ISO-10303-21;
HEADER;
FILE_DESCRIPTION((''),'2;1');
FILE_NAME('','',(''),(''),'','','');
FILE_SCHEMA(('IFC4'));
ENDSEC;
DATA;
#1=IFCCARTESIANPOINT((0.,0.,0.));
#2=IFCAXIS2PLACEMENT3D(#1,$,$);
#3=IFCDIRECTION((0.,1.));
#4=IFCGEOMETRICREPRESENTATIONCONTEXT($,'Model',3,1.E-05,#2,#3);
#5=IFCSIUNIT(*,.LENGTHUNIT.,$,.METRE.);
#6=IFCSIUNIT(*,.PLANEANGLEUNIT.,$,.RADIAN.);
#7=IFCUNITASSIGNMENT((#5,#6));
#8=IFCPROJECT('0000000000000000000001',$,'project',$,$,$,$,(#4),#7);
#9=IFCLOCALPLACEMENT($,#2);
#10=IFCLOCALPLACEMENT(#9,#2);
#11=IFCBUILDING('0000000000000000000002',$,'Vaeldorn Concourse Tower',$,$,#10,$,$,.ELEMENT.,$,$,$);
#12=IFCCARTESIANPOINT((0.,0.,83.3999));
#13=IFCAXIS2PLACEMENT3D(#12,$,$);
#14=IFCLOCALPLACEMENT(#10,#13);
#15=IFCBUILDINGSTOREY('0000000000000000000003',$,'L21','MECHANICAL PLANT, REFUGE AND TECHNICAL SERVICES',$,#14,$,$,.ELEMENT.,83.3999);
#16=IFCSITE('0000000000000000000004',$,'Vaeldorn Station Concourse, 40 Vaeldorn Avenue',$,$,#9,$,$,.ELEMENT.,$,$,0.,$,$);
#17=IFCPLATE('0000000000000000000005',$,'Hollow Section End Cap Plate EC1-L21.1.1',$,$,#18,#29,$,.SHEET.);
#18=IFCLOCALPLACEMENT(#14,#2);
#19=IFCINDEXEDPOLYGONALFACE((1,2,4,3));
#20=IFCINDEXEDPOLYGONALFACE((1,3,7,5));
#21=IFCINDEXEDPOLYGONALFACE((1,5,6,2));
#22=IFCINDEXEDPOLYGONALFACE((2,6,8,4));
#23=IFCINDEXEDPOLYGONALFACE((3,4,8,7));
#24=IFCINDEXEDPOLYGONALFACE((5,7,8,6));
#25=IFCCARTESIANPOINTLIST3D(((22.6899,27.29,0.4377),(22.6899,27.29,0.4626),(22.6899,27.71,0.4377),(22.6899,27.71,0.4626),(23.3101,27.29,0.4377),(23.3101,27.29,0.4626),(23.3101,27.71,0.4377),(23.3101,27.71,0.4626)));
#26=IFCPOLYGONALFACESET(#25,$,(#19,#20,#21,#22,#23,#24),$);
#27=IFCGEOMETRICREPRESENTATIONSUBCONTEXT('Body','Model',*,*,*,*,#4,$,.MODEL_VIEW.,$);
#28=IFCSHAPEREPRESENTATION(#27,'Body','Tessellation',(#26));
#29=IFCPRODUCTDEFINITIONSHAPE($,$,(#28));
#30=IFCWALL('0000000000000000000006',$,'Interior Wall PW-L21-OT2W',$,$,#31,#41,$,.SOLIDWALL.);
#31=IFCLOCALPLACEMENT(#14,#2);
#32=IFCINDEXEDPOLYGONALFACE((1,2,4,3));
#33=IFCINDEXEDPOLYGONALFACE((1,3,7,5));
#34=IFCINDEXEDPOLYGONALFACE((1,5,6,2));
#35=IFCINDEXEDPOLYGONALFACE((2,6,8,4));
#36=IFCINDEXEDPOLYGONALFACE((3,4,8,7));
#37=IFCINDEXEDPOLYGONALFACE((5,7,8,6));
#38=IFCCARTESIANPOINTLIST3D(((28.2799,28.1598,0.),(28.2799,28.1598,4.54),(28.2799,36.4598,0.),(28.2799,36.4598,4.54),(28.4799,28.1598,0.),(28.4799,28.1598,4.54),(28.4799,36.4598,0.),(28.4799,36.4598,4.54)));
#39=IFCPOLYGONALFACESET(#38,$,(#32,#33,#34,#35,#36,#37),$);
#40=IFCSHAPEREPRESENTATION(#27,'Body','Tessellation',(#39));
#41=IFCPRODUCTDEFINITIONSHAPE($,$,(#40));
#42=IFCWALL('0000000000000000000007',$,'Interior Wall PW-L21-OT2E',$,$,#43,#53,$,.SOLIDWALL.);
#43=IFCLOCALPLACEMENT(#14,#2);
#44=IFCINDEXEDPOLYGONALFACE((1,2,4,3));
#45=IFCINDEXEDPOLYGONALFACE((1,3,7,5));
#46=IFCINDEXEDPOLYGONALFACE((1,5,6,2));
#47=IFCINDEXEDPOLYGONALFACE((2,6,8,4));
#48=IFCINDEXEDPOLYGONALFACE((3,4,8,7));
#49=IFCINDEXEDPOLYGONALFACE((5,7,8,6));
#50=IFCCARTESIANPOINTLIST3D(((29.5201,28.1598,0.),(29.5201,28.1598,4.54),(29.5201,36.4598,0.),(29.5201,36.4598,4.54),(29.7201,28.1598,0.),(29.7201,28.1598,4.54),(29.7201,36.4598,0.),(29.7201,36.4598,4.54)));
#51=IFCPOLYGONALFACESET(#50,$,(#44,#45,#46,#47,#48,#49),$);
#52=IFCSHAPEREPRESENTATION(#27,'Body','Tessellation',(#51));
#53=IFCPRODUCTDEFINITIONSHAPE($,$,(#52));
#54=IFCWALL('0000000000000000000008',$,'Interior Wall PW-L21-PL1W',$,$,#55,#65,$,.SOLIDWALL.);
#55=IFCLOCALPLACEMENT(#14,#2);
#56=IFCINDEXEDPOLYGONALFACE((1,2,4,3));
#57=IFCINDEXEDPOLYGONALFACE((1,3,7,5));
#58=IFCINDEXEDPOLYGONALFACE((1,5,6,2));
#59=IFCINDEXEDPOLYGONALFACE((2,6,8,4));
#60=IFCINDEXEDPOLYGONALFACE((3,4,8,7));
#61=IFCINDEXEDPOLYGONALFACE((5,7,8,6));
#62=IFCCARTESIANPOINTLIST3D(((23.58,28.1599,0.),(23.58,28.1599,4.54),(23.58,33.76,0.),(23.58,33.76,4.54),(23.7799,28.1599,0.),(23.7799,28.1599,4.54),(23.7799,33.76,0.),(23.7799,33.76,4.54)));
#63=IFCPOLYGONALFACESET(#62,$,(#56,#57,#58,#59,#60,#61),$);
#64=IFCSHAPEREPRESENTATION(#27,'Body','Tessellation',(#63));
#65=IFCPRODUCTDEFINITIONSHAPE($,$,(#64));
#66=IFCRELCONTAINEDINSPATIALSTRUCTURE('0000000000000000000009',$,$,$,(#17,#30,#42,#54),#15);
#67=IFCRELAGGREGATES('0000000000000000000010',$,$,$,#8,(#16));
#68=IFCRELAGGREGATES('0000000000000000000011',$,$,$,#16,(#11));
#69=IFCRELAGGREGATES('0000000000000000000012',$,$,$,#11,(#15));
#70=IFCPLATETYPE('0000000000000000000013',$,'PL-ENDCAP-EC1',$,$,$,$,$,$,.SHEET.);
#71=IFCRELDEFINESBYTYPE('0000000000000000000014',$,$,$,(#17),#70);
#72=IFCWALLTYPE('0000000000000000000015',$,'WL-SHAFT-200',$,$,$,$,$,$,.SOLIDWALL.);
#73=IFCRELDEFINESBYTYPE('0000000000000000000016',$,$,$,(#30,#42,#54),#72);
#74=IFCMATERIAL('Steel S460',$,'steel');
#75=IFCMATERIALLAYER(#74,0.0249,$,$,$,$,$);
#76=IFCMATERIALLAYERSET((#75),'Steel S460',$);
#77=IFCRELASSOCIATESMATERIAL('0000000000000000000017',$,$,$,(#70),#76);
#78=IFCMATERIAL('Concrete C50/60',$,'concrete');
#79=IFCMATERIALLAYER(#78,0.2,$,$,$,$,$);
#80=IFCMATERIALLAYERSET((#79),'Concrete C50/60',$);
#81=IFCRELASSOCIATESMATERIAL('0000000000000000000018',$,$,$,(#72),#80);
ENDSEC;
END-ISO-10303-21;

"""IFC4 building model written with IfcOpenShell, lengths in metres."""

from ifc_helpers import new_model, si_unit, direction, frame, frame_2d, origin, origin_2d, place, context, subcontext, project, spatial, rectangle, extrude, source, transform, mapped, material, layer, layer_set, type_object, element, save


model = new_model("IFC4")

# Units and contexts
model_context = context("Model", 3, precision=1e-05, world=origin(), true_north=direction((0.0, 1.0)))
body_context = subcontext(model_context, "Body", "Model", "MODEL_VIEW")
ifc_project = project(units=[si_unit("LENGTHUNIT", "METRE"), si_unit("PLANEANGLEUNIT", "RADIAN")], contexts=[model_context])

# Site, building, storey
site_placement = place(None, origin())
site = spatial("IfcSite", under=ifc_project, at=site_placement, Name="Vaeldorn Station Concourse, 40 Vaeldorn Avenue", CompositionType="ELEMENT", RefElevation=0.0)
building_placement = place(site_placement, origin())
building = spatial("IfcBuilding", under=site, at=building_placement, Name="Vaeldorn Concourse Tower", CompositionType="ELEMENT")
storey_placement = place(building_placement, frame((0.0, 0.0, 83.3999)))
storey = spatial("IfcBuildingStorey", under=building, at=storey_placement, Name="L21", Description="MECHANICAL PLANT, REFUGE AND TECHNICAL SERVICES", CompositionType="ELEMENT", Elevation=83.3999)

# Shared definitions
ifc_material_1 = material(Name="Steel S460", Category="steel")

# Plate
ifc_layer_1 = layer(ifc_material_1, 0.0249)
ifc_layer_set_1 = layer_set([ifc_layer_1], Name="Steel S460")
plate_type_1 = type_object("IfcPlateType", Name="PL-ENDCAP-EC1", PredefinedType="SHEET", material=ifc_layer_set_1)
shared_shape_1 = source(origin(), body_context, "Body", "SweptSolid", [
    extrude(rectangle(XDim=0.6201, YDim=0.4199, at=origin_2d()), origin(), (0.0, 0.0, 1.0), 0.0249),
])
plate_placement = place(storey_placement, frame((23.0, 27.5, 0.4377), z_axis=(0.0, 0.0, 1.0), x_axis=(1.0, 0.0, 0.0)))
element("IfcPlate", 1, at=plate_placement, inside=storey, type_object=plate_type_1, Name="Hollow Section End Cap Plate EC1-L21.1.1", PredefinedType="SHEET", context=body_context, shape_type="MappedRepresentation", body=[
    mapped(shared_shape_1, transform((0.0, 0.0, 0.0), scale=1.0)),
])

# Walls
ifc_material_2 = material(Name="Concrete C50/60", Category="concrete")
ifc_layer_2 = layer(ifc_material_2, 0.2)
ifc_layer_set_2 = layer_set([ifc_layer_2], Name="Concrete C50/60")
wall_type = type_object("IfcWallType", Name="WL-SHAFT-200", PredefinedType="SOLIDWALL", material=ifc_layer_set_2)
for number, where, z_axis, x_axis, name in (
    (2, (28.3799, 28.1599, 0.0), (0.0, 0.0, 1.0), (0.0, 1.0, 0.0), "Interior Wall PW-L21-OT2W"),
    (3, (29.6201, 28.1599, 0.0), (0.0, 0.0, 1.0), (0.0, 1.0, 0.0), "Interior Wall PW-L21-OT2E"),
):
    element("IfcWall", number, at=place(storey_placement, frame(where, z_axis=z_axis, x_axis=x_axis)), inside=storey, type_object=wall_type, Name=name, PredefinedType="SOLIDWALL", context=body_context, shape_type="SweptSolid", body=[
        extrude(rectangle(XDim=8.3, YDim=0.2, at=frame_2d((4.1499, 0.0))), origin(), (0.0, 0.0, 1.0), 4.54),
    ])
wall_placement = place(storey_placement, frame((23.6799, 28.1599, 0.0), z_axis=(0.0, 0.0, 1.0), x_axis=(0.0, 1.0, 0.0)))
element("IfcWall", 4, at=wall_placement, inside=storey, type_object=wall_type, Name="Interior Wall PW-L21-PL1W", PredefinedType="SOLIDWALL", context=body_context, shape_type="SweptSolid", body=[
    extrude(rectangle(XDim=5.6001, YDim=0.2, at=frame_2d((2.8, 0.0))), origin(), (0.0, 0.0, 1.0), 4.54),
])

save(model, "model.ifc")
